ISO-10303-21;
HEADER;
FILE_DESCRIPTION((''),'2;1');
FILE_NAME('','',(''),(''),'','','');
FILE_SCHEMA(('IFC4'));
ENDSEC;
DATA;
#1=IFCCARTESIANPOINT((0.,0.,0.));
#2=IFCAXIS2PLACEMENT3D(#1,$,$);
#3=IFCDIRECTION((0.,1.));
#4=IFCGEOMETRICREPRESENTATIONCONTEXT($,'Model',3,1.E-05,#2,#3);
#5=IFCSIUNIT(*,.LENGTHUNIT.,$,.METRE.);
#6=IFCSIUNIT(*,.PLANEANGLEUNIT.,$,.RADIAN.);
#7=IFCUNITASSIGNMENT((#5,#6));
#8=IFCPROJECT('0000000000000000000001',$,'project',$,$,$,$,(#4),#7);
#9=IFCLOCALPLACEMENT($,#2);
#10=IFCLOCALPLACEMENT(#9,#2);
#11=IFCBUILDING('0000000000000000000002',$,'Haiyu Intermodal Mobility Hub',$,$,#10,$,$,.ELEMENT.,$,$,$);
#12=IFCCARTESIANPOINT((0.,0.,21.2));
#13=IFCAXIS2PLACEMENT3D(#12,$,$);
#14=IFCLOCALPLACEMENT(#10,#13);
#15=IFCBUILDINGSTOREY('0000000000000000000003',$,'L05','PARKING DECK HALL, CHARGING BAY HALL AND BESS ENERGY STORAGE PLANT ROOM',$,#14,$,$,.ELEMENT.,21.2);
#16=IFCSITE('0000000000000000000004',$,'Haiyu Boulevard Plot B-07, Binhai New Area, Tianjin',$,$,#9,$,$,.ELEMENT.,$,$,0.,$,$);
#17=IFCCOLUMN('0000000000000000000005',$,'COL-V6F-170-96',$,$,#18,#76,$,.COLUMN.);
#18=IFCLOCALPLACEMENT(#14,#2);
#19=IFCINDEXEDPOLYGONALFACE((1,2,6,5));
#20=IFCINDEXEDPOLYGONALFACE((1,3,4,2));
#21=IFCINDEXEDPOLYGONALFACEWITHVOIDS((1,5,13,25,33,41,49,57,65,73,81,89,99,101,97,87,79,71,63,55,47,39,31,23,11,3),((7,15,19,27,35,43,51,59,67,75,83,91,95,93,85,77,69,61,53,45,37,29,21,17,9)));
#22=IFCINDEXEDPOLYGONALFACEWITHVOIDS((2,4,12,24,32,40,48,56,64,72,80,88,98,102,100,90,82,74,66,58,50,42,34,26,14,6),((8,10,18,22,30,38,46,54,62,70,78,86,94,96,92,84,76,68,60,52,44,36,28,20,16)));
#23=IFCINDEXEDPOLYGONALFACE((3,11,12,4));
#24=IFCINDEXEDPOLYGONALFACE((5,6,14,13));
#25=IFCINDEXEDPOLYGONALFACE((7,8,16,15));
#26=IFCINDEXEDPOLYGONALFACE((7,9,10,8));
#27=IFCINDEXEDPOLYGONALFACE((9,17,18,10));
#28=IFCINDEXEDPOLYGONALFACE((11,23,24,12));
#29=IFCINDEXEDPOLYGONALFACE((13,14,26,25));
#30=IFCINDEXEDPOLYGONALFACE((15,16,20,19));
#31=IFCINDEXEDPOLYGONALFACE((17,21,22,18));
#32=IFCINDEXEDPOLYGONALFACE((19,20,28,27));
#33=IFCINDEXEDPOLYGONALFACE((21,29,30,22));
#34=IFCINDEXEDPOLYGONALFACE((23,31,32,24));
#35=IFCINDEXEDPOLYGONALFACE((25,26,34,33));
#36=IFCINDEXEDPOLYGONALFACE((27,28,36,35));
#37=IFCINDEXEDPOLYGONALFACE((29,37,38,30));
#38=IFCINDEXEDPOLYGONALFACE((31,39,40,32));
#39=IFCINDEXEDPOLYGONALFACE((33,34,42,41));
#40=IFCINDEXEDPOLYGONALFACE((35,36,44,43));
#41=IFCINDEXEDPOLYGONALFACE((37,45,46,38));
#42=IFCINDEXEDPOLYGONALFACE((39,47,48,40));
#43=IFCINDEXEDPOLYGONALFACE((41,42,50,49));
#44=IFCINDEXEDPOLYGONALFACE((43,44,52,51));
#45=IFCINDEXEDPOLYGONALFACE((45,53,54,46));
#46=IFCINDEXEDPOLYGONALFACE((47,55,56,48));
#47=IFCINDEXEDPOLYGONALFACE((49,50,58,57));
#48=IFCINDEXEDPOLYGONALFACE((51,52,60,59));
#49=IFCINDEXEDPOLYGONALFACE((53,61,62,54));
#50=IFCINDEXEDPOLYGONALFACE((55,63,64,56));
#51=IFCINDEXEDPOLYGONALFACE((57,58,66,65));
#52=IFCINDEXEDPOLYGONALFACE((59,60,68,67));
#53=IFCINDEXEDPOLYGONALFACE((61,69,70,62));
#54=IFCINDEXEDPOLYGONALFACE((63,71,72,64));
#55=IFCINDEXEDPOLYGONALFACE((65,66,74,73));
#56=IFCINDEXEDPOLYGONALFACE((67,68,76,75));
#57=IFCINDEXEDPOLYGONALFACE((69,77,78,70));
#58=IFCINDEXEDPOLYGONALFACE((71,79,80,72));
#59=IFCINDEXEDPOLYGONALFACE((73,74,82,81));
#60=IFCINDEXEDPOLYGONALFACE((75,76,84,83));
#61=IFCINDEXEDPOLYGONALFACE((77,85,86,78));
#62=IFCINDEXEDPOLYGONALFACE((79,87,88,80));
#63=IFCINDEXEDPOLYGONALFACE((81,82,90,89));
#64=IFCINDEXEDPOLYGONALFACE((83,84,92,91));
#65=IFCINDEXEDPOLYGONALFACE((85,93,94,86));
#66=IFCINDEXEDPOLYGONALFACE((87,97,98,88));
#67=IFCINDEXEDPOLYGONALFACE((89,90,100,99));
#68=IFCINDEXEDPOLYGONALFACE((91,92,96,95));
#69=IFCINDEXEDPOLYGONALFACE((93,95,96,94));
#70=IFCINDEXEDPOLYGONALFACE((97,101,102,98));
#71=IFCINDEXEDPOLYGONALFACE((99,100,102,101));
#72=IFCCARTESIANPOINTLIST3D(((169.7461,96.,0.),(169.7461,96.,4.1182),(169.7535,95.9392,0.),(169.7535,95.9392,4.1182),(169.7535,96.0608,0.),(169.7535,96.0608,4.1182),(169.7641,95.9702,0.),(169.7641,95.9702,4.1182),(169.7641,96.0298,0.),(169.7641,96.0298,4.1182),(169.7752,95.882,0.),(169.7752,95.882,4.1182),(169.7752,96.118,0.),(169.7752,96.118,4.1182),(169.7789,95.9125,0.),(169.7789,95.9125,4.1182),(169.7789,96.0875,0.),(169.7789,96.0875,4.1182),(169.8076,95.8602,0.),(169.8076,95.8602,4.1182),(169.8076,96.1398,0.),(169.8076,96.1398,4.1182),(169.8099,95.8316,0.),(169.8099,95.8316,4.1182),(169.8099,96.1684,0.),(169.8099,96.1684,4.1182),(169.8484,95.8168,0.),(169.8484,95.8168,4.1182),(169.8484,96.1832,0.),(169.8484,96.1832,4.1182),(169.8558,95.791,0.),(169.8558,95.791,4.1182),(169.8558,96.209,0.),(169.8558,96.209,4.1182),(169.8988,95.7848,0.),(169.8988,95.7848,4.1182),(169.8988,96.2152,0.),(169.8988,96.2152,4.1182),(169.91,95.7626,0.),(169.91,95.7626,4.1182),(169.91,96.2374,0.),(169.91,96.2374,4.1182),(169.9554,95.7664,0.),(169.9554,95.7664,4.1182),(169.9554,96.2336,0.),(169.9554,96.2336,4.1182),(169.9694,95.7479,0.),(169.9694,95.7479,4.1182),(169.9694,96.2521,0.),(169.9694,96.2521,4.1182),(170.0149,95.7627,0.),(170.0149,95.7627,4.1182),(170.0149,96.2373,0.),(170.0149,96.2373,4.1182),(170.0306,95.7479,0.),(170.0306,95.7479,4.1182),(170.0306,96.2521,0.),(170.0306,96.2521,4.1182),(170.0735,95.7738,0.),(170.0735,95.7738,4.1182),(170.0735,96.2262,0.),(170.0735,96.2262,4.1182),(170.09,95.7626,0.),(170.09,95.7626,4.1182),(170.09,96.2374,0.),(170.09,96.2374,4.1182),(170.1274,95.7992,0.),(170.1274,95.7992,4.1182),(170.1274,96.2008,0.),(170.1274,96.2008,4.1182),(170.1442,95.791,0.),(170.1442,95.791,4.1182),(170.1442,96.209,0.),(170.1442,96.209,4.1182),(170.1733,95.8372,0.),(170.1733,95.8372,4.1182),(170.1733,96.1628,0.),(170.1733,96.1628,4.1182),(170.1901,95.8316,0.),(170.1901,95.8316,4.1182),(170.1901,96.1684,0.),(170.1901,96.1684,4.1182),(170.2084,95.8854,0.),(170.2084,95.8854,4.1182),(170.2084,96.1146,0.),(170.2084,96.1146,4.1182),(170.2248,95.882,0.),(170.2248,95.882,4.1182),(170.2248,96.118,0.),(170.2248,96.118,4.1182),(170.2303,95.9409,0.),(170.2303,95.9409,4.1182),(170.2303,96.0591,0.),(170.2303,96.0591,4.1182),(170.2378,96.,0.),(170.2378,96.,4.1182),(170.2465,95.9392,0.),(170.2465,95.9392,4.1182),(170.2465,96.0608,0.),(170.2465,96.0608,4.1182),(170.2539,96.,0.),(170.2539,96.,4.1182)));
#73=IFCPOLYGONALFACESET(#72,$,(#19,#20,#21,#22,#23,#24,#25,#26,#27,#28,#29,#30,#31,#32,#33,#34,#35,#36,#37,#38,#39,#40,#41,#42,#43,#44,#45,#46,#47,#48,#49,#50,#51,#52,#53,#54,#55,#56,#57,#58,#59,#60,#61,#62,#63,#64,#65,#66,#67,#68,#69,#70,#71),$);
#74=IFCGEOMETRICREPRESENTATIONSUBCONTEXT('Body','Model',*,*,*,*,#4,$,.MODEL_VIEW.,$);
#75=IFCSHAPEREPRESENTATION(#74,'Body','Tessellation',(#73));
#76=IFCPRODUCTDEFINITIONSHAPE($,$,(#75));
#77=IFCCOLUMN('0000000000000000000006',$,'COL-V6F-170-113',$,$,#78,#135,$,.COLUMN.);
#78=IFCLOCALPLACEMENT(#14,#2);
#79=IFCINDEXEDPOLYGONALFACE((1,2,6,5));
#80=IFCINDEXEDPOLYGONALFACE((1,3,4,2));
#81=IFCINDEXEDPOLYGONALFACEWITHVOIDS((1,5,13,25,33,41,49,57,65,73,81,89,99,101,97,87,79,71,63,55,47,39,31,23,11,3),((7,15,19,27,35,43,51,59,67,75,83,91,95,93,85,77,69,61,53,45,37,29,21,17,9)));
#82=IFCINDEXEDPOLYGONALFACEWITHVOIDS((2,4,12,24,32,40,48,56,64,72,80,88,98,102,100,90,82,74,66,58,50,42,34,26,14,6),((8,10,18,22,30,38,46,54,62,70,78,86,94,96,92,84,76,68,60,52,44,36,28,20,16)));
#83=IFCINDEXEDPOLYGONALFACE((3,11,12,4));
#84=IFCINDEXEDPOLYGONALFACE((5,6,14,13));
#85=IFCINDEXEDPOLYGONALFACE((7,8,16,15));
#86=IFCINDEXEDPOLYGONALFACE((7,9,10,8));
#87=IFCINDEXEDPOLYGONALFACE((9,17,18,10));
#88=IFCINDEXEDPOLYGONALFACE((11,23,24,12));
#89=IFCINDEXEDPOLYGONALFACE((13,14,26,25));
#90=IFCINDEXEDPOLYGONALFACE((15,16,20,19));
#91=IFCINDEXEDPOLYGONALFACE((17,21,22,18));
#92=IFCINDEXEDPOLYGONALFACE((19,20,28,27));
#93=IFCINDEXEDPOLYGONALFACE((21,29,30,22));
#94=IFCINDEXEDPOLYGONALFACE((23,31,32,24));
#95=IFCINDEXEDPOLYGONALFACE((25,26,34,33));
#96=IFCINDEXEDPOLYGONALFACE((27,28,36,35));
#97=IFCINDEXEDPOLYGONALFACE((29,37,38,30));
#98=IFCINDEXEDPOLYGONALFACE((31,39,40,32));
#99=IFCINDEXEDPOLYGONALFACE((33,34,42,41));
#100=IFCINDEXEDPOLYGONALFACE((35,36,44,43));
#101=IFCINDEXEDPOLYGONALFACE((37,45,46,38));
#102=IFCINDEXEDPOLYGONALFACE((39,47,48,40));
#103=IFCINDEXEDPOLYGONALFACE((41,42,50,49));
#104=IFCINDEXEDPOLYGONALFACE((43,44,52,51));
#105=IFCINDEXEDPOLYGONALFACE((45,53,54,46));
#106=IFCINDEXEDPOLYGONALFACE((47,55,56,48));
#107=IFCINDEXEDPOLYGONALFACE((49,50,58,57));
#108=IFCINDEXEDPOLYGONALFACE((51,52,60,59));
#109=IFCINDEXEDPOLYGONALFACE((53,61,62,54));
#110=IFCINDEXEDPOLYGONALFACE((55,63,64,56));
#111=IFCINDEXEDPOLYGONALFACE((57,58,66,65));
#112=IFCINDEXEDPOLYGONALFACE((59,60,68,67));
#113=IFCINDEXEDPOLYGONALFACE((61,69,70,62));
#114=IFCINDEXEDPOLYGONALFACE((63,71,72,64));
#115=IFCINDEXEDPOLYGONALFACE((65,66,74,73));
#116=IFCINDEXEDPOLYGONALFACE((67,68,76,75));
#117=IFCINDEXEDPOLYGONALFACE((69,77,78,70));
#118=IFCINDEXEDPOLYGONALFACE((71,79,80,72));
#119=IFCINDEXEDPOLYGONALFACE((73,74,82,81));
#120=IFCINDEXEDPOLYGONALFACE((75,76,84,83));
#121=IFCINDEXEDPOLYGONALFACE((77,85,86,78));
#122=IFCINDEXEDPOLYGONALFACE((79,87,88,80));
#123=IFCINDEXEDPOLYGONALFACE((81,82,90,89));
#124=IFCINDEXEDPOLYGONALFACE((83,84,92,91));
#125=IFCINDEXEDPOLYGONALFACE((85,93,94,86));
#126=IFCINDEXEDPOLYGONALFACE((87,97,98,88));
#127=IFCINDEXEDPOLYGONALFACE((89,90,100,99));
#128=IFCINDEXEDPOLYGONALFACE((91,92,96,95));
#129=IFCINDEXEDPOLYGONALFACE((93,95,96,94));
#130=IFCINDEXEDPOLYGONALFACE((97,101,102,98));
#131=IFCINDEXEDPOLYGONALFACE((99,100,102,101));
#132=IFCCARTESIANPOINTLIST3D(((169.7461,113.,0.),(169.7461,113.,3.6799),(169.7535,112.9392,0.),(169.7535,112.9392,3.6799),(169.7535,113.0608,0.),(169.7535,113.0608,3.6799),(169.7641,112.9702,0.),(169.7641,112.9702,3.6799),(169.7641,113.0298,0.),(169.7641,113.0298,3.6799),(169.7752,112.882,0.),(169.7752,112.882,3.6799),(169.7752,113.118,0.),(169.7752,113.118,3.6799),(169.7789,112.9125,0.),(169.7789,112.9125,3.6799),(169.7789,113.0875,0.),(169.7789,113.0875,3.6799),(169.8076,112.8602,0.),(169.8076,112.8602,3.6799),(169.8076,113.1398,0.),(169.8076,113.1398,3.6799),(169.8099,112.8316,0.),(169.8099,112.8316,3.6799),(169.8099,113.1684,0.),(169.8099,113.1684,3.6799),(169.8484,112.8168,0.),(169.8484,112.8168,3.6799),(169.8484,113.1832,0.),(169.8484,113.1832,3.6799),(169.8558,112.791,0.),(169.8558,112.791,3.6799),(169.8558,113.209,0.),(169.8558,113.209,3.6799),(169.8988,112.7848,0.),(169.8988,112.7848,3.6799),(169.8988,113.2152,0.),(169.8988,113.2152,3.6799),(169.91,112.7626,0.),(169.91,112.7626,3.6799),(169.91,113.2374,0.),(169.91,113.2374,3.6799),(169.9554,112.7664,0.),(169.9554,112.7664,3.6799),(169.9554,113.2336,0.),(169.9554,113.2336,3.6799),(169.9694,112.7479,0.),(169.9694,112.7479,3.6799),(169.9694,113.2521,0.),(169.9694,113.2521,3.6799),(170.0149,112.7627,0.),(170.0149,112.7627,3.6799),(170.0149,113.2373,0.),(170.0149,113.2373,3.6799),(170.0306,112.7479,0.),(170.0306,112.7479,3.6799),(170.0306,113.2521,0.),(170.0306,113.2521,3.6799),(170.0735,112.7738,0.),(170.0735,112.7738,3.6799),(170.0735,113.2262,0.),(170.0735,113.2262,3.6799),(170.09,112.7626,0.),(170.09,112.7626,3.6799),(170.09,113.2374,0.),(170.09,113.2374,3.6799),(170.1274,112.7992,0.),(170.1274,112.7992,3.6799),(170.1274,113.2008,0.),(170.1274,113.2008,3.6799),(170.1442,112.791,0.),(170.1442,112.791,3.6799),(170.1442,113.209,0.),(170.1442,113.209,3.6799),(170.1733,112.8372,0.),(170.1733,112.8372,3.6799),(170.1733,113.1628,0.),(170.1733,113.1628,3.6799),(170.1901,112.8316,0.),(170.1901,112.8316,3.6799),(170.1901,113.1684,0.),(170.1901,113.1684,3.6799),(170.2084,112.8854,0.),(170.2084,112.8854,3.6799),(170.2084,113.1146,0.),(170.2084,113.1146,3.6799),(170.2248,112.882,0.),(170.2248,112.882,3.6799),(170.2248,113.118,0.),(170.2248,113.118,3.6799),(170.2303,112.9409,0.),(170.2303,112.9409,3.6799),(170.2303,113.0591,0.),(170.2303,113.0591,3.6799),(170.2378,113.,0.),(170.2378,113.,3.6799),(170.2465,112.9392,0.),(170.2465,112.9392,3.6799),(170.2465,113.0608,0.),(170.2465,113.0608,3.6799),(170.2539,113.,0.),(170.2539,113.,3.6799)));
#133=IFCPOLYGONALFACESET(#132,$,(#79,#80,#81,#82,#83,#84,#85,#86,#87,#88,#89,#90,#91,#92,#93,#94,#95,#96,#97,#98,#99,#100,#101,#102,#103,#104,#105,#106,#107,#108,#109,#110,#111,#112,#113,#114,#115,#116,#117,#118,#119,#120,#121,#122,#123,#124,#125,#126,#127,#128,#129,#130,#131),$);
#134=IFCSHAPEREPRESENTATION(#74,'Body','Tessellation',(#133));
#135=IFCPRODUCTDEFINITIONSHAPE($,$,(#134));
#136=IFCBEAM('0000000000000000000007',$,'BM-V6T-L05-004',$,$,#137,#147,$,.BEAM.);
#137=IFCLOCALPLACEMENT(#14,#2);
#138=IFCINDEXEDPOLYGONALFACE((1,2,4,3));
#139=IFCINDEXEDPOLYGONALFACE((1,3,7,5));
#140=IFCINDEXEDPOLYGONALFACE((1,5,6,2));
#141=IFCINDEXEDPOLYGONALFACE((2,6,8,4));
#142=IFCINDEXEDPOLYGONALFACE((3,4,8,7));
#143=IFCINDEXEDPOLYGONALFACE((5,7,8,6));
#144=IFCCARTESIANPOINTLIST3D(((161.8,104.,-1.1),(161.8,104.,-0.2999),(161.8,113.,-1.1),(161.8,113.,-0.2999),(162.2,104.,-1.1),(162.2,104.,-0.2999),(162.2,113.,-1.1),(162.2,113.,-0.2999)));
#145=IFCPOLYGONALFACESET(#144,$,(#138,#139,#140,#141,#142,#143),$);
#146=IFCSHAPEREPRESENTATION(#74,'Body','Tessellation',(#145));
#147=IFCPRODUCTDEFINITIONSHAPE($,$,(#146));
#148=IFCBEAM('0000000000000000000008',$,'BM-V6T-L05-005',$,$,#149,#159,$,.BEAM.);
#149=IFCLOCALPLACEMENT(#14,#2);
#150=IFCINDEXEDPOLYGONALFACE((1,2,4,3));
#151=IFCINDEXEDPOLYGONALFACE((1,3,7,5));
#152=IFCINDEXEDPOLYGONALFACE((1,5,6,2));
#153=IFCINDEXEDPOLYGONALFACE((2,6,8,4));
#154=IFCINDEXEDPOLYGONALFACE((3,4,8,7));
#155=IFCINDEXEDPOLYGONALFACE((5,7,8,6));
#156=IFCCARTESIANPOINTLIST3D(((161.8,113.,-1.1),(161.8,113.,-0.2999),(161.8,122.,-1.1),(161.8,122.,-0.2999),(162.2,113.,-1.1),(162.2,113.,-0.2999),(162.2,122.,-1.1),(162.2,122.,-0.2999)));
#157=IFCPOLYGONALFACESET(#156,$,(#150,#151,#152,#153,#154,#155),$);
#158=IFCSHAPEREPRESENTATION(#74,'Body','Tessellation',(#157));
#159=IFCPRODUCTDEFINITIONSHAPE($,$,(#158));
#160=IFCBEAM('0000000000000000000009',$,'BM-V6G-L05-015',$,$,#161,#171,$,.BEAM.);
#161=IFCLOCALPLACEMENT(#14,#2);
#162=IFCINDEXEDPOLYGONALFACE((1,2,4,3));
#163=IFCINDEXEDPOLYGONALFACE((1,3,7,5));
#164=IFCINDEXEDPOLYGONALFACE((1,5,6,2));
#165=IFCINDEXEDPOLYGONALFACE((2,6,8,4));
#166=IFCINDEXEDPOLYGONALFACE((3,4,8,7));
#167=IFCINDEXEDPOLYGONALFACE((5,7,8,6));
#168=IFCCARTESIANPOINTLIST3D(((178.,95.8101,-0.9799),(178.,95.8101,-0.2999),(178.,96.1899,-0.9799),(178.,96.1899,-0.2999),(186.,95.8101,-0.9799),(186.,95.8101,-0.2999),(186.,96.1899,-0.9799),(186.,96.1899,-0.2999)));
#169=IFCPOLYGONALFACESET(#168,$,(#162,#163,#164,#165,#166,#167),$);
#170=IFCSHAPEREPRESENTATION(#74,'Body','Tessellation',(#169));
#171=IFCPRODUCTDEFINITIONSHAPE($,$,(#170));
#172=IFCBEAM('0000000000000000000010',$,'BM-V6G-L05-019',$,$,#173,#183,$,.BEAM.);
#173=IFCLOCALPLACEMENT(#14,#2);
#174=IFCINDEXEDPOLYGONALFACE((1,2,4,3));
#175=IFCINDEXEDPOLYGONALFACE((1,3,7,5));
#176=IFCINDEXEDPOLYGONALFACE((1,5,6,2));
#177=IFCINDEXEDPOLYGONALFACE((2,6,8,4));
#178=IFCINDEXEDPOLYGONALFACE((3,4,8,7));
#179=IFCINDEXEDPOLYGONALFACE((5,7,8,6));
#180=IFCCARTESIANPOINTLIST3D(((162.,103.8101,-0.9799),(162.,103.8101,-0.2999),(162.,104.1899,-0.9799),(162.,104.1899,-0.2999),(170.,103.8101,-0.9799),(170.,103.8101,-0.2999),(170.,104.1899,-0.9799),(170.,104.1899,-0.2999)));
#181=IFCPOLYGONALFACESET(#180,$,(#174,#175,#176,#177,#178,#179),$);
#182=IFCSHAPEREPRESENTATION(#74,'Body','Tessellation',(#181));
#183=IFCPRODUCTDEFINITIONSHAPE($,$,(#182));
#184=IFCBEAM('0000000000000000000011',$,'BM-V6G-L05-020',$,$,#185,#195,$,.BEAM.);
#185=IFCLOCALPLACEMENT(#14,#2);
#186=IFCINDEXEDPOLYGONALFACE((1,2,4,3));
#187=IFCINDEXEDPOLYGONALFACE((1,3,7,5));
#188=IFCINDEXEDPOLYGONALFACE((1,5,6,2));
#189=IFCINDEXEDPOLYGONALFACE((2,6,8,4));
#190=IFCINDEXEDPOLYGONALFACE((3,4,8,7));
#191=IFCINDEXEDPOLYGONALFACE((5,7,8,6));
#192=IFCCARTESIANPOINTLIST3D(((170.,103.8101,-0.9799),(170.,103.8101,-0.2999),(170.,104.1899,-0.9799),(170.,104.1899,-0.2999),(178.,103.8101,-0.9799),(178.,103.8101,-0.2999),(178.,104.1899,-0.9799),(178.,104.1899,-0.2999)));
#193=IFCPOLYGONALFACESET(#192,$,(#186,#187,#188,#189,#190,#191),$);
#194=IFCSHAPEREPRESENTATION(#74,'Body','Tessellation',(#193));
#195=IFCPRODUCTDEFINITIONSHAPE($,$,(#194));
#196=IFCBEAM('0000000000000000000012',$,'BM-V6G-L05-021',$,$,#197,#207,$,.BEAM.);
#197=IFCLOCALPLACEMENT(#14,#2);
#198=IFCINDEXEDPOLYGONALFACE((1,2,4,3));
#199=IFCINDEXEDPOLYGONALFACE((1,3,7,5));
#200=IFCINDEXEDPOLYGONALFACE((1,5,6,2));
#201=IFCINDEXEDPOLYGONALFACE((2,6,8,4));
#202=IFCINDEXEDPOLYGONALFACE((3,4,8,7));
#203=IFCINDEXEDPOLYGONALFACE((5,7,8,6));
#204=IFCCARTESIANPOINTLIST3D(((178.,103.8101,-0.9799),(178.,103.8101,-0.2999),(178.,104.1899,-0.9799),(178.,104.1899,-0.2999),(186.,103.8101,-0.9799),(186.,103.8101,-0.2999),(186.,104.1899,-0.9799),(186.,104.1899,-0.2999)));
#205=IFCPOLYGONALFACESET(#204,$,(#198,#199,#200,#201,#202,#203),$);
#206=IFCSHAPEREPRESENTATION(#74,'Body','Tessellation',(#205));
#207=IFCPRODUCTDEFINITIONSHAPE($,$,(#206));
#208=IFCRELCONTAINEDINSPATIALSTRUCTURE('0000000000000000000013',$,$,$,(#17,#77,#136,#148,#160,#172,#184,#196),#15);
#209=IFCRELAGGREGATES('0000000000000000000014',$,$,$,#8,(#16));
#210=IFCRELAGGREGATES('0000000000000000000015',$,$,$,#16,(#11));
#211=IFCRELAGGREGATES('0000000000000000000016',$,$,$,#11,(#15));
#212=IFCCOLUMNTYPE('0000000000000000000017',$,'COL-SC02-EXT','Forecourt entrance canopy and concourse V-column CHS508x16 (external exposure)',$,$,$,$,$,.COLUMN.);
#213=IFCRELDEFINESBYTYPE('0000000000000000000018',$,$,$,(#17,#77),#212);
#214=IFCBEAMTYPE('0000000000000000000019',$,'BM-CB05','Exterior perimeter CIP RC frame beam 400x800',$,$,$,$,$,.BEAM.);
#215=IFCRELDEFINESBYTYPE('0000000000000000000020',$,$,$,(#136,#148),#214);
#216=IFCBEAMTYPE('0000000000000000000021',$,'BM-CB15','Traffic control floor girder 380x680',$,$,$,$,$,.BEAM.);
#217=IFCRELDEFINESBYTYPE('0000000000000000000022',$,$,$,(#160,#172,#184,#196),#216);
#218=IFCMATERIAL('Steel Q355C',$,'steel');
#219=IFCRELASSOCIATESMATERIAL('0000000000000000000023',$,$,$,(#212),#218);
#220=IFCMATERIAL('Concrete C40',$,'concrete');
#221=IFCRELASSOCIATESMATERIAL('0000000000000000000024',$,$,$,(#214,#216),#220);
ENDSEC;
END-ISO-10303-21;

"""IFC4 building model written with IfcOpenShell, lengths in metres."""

from ifc_helpers import new_model, si_unit, direction, frame, origin, origin_2d, place, context, subcontext, project, spatial, rectangle, hollow_circle, extrude, material, material_profile, profile_set, type_object, element, save


model = new_model("IFC4")

# Units and contexts
model_context = context("Model", 3, precision=1e-05, world=origin(), true_north=direction((0.0, 1.0)))
body_context = subcontext(model_context, "Body", "Model", "MODEL_VIEW")
ifc_project = project(units=[si_unit("LENGTHUNIT", "METRE"), si_unit("PLANEANGLEUNIT", "RADIAN")], contexts=[model_context])

# Site, building, storey
site_placement = place(None, origin())
site = spatial("IfcSite", under=ifc_project, at=site_placement, Name="Haiyu Boulevard Plot B-07, Binhai New Area, Tianjin", CompositionType="ELEMENT", RefElevation=0.0)
building_placement = place(site_placement, origin())
building = spatial("IfcBuilding", under=site, at=building_placement, Name="Haiyu Intermodal Mobility Hub", CompositionType="ELEMENT")
storey_placement = place(building_placement, frame((0.0, 0.0, 21.2)))
storey = spatial("IfcBuildingStorey", under=building, at=storey_placement, Name="L05", Description="PARKING DECK HALL, CHARGING BAY HALL AND BESS ENERGY STORAGE PLANT ROOM", CompositionType="ELEMENT", Elevation=21.2)

# Columns
ifc_material_1 = material(Name="Steel Q355C", Category="steel")
ifc_material_profile_1 = material_profile(ifc_material_1, hollow_circle(Radius=0.2539, WallThickness=0.0161, at=origin_2d()), Name="CHS508x16")
ifc_profile_set_1 = profile_set([ifc_material_profile_1], Name="Steel Q355C")
column_type = type_object("IfcColumnType", Name="COL-SC02-EXT", Description="Forecourt entrance canopy and concourse V-column CHS508x16 (external exposure)", PredefinedType="COLUMN", material=ifc_profile_set_1)
column_1_placement = place(storey_placement, frame((170.0, 96.0, 0.0), z_axis=(0.0, 0.0, 1.0), x_axis=(1.0, 0.0, 0.0)))
element("IfcColumn", 1, at=column_1_placement, inside=storey, type_object=column_type, Name="COL-V6F-170-96", PredefinedType="COLUMN", context=body_context, shape_type="SweptSolid", body=[
    extrude(hollow_circle(Radius=0.2539, WallThickness=0.0161, at=origin_2d()), origin(), (0.0, 0.0, 1.0), 4.1182),
])
column_2_placement = place(storey_placement, frame((170.0, 113.0, 0.0), z_axis=(0.0, 0.0, 1.0), x_axis=(1.0, 0.0, 0.0)))
element("IfcColumn", 2, at=column_2_placement, inside=storey, type_object=column_type, Name="COL-V6F-170-113", PredefinedType="COLUMN", context=body_context, shape_type="SweptSolid", body=[
    extrude(hollow_circle(Radius=0.2539, WallThickness=0.0161, at=origin_2d()), origin(), (0.0, 0.0, 1.0), 3.6799),
])

# Beams
ifc_material_2 = material(Name="Concrete C40", Category="concrete")
ifc_material_profile_2 = material_profile(ifc_material_2, rectangle(XDim=0.3999, YDim=0.8, at=origin_2d()), Name="RCB400x800")
ifc_profile_set_2 = profile_set([ifc_material_profile_2], Name="Concrete C40")
beam_type_1 = type_object("IfcBeamType", Name="BM-CB05", Description="Exterior perimeter CIP RC frame beam 400x800", PredefinedType="BEAM", material=ifc_profile_set_2)
for number, where, z_axis, x_axis, name in (
    (3, (162.0, 104.0, -0.7), (0.0, 1.0, 0.0), (-1.0, 0.0, 0.0), "BM-V6T-L05-004"),
    (4, (162.0, 113.0, -0.7), (0.0, 1.0, 0.0), (-1.0, 0.0, 0.0), "BM-V6T-L05-005"),
):
    element("IfcBeam", number, at=place(storey_placement, frame(where, z_axis=z_axis, x_axis=x_axis)), inside=storey, type_object=beam_type_1, Name=name, PredefinedType="BEAM", context=body_context, shape_type="SweptSolid", body=[
        extrude(rectangle(XDim=0.3999, YDim=0.8, at=origin_2d()), origin(), (0.0, 0.0, 1.0), 9.0),
    ])
ifc_material_profile_3 = material_profile(ifc_material_2, rectangle(XDim=0.3799, YDim=0.6799, at=origin_2d()), Name="B380x680")
ifc_profile_set_3 = profile_set([ifc_material_profile_3], Name="Concrete C40")
beam_type_2 = type_object("IfcBeamType", Name="BM-CB15", Description="Traffic control floor girder 380x680", PredefinedType="BEAM", material=ifc_profile_set_3)
for number, where, z_axis, x_axis, name in (
    (5, (178.0, 96.0, -0.6399), (1.0, 0.0, 0.0), (0.0, 1.0, 0.0), "BM-V6G-L05-015"),
    (6, (162.0, 104.0, -0.6399), (1.0, 0.0, 0.0), (0.0, 1.0, 0.0), "BM-V6G-L05-019"),
    (7, (170.0, 104.0, -0.6399), (1.0, 0.0, 0.0), (0.0, 1.0, 0.0), "BM-V6G-L05-020"),
    (8, (178.0, 104.0, -0.6399), (1.0, 0.0, 0.0), (0.0, 1.0, 0.0), "BM-V6G-L05-021"),
):
    element("IfcBeam", number, at=place(storey_placement, frame(where, z_axis=z_axis, x_axis=x_axis)), inside=storey, type_object=beam_type_2, Name=name, PredefinedType="BEAM", context=body_context, shape_type="SweptSolid", body=[
        extrude(rectangle(XDim=0.3799, YDim=0.6799, at=origin_2d()), origin(), (0.0, 0.0, 1.0), 8.0),
    ])

save(model, "model.ifc")
